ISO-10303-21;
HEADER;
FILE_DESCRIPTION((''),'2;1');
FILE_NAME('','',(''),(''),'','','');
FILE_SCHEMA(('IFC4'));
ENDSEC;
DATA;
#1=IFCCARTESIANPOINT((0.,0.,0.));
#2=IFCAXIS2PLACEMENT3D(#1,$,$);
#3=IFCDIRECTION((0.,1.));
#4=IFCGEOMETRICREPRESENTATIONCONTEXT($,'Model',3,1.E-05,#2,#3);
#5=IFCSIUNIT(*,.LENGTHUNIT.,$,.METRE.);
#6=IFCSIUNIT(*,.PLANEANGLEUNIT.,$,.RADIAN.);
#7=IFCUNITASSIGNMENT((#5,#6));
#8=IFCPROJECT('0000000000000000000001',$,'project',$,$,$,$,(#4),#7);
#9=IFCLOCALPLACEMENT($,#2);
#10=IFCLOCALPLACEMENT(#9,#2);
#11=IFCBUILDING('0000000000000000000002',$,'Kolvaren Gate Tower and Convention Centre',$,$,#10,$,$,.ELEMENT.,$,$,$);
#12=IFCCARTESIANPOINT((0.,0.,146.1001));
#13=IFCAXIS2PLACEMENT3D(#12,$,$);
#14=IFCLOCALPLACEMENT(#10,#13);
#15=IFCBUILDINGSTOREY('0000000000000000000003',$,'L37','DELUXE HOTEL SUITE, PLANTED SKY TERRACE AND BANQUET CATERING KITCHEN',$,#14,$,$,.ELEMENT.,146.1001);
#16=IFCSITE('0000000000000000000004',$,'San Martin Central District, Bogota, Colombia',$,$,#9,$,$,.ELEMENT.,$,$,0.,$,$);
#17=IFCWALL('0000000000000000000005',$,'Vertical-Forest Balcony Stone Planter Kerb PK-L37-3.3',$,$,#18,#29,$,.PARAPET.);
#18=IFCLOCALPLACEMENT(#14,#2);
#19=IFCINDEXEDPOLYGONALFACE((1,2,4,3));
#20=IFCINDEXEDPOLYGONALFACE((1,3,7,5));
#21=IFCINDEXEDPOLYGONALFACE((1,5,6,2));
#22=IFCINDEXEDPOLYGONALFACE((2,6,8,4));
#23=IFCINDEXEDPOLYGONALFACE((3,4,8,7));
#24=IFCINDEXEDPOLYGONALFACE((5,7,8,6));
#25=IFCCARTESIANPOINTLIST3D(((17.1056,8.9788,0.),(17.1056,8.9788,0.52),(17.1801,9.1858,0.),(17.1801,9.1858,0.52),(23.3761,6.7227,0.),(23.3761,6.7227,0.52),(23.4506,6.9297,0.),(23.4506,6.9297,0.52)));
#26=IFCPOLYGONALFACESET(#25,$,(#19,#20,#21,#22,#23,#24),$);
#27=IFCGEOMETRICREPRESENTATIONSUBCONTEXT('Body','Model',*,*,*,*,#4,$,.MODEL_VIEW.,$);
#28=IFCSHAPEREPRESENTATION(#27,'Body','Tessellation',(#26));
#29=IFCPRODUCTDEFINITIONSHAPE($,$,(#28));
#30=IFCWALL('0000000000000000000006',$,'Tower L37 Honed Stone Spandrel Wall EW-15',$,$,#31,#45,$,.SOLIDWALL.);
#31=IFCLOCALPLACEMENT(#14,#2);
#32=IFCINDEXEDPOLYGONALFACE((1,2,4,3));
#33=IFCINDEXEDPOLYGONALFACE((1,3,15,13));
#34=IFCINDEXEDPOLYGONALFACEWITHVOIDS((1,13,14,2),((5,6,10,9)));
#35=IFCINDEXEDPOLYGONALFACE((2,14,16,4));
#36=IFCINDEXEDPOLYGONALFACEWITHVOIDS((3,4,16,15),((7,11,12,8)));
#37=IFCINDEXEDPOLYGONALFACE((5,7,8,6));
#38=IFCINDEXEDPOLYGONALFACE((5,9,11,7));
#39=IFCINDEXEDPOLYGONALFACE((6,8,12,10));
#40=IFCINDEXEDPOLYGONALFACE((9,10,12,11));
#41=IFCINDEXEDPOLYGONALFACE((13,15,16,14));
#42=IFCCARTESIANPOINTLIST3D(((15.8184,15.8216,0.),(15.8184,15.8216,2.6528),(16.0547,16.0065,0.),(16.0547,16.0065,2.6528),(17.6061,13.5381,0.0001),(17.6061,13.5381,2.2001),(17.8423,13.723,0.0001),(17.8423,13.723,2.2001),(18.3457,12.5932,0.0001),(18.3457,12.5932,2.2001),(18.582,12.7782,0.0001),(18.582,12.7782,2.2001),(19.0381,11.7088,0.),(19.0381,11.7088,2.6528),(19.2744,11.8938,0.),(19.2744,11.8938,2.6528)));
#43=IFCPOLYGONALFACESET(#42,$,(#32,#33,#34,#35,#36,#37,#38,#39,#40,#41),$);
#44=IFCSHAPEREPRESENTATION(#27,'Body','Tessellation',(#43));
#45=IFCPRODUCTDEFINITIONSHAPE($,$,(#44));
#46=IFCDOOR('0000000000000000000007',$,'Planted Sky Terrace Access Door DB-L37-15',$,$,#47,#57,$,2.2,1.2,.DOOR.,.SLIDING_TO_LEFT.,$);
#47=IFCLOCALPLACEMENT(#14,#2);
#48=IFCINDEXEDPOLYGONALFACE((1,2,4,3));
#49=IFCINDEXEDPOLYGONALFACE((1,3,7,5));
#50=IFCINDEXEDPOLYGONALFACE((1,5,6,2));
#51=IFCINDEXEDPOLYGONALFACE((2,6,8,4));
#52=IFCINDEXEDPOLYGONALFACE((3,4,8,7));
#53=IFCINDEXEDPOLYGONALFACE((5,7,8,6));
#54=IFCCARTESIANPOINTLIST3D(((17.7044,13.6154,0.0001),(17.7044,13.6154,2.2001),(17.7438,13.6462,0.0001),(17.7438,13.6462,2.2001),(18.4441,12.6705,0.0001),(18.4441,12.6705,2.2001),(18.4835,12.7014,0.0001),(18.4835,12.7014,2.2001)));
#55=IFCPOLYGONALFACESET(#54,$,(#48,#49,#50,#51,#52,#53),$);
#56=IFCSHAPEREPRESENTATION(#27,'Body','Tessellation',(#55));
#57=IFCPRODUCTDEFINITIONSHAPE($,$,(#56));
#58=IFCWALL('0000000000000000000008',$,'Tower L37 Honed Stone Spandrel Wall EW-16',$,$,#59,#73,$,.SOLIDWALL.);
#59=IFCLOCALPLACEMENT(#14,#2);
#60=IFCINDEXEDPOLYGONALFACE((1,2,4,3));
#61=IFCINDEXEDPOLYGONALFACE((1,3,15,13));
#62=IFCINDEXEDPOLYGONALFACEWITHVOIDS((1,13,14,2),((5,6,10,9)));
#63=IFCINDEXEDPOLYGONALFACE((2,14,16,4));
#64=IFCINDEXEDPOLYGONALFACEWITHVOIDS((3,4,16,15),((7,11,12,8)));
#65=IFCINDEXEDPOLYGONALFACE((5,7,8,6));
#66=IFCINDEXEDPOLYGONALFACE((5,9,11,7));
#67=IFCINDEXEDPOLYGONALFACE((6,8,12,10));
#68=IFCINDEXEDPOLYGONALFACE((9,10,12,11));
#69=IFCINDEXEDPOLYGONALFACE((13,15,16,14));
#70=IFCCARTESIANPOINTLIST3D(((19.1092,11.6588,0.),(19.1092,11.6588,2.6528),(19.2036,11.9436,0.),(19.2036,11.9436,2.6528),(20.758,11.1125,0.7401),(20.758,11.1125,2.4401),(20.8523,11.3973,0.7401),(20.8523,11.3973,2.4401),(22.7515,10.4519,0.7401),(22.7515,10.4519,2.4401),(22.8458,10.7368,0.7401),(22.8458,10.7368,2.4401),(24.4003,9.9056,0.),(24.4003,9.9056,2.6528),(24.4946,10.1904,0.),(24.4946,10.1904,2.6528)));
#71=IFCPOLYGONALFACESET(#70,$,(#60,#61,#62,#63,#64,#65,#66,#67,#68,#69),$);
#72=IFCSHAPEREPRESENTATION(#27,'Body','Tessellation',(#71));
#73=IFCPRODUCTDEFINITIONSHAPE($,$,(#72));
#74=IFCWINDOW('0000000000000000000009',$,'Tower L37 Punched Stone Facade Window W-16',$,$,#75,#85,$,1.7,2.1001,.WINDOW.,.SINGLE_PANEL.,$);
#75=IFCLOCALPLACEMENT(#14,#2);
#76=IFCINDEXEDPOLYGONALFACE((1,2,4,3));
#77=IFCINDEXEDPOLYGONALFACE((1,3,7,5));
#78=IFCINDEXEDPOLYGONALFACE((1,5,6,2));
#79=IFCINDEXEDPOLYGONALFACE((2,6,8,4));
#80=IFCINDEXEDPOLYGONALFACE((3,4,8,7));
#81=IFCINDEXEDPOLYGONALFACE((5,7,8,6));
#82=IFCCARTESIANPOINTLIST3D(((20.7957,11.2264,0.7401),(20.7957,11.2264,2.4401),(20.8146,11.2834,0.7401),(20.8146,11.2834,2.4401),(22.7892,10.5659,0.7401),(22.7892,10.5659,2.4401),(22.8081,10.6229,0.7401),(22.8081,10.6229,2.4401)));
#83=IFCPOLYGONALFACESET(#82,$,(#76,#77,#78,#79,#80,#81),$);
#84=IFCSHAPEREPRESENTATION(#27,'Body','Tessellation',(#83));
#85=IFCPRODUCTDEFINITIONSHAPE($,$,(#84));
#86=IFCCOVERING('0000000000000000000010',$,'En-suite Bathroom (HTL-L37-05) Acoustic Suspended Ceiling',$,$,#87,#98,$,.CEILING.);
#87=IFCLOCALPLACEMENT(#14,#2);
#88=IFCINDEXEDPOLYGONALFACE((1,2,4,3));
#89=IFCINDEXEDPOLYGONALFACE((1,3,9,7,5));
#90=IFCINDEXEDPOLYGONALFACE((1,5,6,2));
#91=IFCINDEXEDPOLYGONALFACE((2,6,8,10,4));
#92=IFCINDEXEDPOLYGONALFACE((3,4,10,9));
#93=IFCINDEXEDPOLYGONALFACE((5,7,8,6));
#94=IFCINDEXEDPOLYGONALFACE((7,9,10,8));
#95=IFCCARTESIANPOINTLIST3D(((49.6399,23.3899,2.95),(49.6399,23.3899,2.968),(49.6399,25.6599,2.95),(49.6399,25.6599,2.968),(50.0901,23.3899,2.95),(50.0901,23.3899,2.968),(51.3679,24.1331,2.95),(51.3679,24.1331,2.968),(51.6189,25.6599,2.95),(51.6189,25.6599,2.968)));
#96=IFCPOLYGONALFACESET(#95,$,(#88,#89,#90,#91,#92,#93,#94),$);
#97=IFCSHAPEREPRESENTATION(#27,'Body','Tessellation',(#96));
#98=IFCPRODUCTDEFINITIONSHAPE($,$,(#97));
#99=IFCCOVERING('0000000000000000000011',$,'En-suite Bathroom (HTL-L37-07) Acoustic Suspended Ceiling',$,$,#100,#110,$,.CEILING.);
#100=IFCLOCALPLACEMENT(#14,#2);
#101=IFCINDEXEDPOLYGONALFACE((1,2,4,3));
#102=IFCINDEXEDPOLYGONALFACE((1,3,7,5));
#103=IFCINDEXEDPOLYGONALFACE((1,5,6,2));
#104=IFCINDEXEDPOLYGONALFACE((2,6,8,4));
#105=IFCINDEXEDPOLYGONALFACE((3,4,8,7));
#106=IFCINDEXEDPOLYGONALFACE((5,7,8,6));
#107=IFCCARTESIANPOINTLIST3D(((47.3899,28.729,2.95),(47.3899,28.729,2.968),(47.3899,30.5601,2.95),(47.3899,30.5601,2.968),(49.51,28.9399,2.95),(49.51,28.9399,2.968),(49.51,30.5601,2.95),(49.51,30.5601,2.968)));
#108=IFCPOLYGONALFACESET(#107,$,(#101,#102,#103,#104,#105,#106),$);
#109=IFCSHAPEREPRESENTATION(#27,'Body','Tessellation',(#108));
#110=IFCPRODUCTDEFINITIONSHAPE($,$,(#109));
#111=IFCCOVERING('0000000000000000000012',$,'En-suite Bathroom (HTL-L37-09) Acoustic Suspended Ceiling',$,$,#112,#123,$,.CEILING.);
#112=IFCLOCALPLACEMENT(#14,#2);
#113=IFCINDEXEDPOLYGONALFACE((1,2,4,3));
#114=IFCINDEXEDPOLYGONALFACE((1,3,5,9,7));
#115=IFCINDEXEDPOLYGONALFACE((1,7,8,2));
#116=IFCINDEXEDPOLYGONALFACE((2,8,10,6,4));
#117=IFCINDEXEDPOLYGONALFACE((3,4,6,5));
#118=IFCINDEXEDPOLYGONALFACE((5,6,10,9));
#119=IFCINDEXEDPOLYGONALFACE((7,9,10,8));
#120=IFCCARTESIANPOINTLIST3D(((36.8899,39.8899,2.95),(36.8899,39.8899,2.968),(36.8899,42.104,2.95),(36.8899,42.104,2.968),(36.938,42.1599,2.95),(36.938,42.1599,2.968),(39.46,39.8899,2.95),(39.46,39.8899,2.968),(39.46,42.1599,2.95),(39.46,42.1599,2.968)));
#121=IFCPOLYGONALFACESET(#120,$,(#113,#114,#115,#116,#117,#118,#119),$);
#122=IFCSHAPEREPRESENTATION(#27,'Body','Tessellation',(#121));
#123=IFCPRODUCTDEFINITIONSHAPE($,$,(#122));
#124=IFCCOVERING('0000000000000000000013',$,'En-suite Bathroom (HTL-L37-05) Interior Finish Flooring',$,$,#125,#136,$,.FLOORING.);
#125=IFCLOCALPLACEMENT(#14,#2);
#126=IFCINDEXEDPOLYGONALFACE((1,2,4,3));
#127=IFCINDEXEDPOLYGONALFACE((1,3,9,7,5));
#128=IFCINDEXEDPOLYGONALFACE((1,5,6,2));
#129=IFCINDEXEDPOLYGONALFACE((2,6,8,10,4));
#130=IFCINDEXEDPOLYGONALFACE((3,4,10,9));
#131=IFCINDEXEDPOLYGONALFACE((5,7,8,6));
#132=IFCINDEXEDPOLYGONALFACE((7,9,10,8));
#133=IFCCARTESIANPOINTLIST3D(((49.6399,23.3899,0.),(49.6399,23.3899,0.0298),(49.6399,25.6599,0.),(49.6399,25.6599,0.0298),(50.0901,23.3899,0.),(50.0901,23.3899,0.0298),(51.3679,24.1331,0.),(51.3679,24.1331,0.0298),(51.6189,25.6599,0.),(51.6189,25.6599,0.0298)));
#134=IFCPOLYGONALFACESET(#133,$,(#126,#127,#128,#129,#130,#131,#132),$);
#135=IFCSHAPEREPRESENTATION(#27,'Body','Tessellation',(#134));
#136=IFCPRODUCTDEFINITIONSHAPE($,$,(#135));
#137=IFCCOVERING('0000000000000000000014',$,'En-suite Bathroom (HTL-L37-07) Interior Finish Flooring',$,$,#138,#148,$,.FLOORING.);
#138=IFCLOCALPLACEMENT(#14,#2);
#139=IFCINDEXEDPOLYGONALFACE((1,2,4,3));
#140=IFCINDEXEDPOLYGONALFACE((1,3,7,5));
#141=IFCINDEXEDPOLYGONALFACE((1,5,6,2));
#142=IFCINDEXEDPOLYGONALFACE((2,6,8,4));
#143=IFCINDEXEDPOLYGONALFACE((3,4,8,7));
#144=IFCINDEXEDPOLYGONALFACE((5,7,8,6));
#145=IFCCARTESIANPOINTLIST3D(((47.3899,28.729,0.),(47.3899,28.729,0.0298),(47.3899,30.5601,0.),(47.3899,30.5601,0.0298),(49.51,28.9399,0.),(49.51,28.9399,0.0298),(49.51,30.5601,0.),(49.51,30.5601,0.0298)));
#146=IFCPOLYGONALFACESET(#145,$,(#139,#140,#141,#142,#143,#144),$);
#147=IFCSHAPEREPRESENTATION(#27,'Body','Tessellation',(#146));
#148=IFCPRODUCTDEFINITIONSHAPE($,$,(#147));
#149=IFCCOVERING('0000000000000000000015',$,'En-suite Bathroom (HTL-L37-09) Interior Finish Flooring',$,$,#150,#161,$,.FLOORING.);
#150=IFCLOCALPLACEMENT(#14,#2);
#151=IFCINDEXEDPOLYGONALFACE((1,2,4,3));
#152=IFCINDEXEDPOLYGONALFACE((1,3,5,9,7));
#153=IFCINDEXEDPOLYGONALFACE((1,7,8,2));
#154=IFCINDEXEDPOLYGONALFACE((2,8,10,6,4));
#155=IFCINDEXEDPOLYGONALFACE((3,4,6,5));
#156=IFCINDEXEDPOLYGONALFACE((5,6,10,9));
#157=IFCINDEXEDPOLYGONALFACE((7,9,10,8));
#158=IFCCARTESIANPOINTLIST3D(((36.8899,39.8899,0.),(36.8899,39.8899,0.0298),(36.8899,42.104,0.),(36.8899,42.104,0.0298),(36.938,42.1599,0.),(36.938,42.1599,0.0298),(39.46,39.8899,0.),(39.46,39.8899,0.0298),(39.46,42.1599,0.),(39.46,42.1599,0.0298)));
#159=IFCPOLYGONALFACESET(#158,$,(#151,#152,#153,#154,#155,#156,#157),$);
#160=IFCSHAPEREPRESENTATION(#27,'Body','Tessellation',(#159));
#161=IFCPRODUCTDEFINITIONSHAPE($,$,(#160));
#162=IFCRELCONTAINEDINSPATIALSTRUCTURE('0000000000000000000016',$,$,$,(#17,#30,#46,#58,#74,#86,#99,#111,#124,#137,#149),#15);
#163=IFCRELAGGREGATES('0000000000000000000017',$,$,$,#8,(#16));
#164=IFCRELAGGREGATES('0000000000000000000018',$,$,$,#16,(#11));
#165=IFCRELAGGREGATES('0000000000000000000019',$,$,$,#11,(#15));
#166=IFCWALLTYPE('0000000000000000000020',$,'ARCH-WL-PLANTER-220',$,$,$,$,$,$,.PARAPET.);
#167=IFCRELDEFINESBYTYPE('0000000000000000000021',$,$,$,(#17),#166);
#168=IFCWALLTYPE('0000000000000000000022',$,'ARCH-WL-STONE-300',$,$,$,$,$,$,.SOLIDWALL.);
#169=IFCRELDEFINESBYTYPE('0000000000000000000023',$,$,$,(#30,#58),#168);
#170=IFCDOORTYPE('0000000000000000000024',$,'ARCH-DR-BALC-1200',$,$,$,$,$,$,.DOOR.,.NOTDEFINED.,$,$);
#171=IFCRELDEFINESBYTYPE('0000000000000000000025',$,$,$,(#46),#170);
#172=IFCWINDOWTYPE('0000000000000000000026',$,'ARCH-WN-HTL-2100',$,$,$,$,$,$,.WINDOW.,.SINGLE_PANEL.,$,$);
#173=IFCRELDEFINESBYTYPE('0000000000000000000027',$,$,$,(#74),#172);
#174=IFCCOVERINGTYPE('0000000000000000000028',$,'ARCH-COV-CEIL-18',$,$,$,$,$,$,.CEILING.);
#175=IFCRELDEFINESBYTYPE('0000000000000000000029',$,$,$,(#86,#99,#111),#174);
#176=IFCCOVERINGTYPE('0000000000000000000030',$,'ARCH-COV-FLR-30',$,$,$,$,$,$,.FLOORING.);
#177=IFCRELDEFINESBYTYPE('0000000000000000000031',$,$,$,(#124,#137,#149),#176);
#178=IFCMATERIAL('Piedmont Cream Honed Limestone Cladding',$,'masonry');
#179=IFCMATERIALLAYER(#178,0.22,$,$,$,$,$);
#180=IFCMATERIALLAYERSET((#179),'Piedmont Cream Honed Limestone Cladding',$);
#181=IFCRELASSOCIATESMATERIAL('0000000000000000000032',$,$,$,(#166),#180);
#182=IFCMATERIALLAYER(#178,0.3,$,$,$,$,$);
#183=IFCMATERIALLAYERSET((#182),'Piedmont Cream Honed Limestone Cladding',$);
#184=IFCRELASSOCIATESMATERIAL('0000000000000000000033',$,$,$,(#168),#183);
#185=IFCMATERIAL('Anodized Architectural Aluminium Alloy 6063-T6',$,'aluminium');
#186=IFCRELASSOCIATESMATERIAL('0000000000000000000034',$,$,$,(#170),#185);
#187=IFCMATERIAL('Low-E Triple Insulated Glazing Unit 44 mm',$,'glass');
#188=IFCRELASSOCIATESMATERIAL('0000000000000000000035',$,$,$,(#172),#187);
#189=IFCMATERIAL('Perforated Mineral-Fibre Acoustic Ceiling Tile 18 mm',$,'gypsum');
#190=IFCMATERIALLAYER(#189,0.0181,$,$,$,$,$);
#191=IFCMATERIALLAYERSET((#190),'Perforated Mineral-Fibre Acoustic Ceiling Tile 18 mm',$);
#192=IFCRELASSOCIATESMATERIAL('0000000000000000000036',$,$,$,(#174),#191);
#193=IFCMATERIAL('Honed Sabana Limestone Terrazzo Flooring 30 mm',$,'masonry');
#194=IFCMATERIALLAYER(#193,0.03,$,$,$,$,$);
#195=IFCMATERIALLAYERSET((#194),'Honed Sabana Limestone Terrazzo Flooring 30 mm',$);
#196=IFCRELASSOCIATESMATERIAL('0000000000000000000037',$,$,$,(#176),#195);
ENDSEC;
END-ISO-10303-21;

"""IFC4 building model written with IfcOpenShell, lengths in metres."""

from ifc_helpers import new_model, si_unit, direction, frame, frame_2d, origin, place, context, subcontext, project, spatial, polyline, rectangle, outline, extrude, material, layer, layer_set, type_object, element, fill, save


model = new_model("IFC4")

# Units and contexts
model_context = context("Model", 3, precision=1e-05, world=origin(), true_north=direction((0.0, 1.0)))
body_context = subcontext(model_context, "Body", "Model", "MODEL_VIEW")
ifc_project = project(units=[si_unit("LENGTHUNIT", "METRE"), si_unit("PLANEANGLEUNIT", "RADIAN")], contexts=[model_context])

# Site, building, storey
site_placement = place(None, origin())
site = spatial("IfcSite", under=ifc_project, at=site_placement, Name="San Martin Central District, Bogota, Colombia", CompositionType="ELEMENT", RefElevation=0.0)
building_placement = place(site_placement, origin())
building = spatial("IfcBuilding", under=site, at=building_placement, Name="Kolvaren Gate Tower and Convention Centre", CompositionType="ELEMENT")
storey_placement = place(building_placement, frame((0.0, 0.0, 146.1001)))
storey = spatial("IfcBuildingStorey", under=building, at=storey_placement, Name="L37", Description="DELUXE HOTEL SUITE, PLANTED SKY TERRACE AND BANQUET CATERING KITCHEN", CompositionType="ELEMENT", Elevation=146.1001)

# Wall
ifc_material_1 = material(Name="Piedmont Cream Honed Limestone Cladding", Category="masonry")
ifc_layer_1 = layer(ifc_material_1, 0.22)
ifc_layer_set_1 = layer_set([ifc_layer_1], Name="Piedmont Cream Honed Limestone Cladding")
wall_type_1 = type_object("IfcWallType", Name="ARCH-WL-PLANTER-220", PredefinedType="PARAPET", material=ifc_layer_set_1)
wall_1_placement = place(storey_placement, frame((17.1428, 9.0823, 0.0), z_axis=(0.0, 0.0, 1.0), x_axis=(0.940949, -0.33855, 0.0)))
element("IfcWall", 1, at=wall_1_placement, inside=storey, type_object=wall_type_1, Name="Vertical-Forest Balcony Stone Planter Kerb PK-L37-3.3", PredefinedType="PARAPET", context=body_context, shape_type="SweptSolid", body=[
    extrude(rectangle(XDim=6.6641, YDim=0.22, at=frame_2d((3.332, 0.0))), origin(), (0.0, 0.0, 1.0), 0.52),
])

# Wall, opening, door
ifc_layer_2 = layer(ifc_material_1, 0.3)
ifc_layer_set_2 = layer_set([ifc_layer_2], Name="Piedmont Cream Honed Limestone Cladding")
wall_type_2 = type_object("IfcWallType", Name="ARCH-WL-STONE-300", PredefinedType="SOLIDWALL", material=ifc_layer_set_2)
wall_2_placement = place(storey_placement, frame((15.9365, 15.9141, 0.0), z_axis=(0.0, 0.0, 1.0), x_axis=(0.616429, -0.78741, 0.0)))
wall_2 = element("IfcWall", 2, at=wall_2_placement, inside=storey, type_object=wall_type_2, Name="Tower L37 Honed Stone Spandrel Wall EW-15", PredefinedType="SOLIDWALL", context=body_context, shape_type="SweptSolid", body=[
    extrude(rectangle(XDim=5.2231, YDim=0.3, at=frame_2d((2.6116, 0.0))), origin(), (0.0, 0.0, 1.0), 2.6528),
])
opening_1_placement = place(wall_2_placement, frame((2.8999, 0.0, 0.0)))
opening_1 = element("IfcOpeningElement", 3, at=opening_1_placement, cuts=wall_2, PredefinedType="OPENING", context=body_context, shape_type="SweptSolid", body=[
    extrude(rectangle(XDim=1.2, YDim=2.2, at=frame_2d((0.6001, 1.1001))), frame((0.0, 0.1599, 0.0), z_axis=(0.0, -1.0, 0.0), x_axis=(1.0, 0.0, 0.0)), (0.0, 0.0, 1.0), 0.3201),
])
ifc_material_2 = material(Name="Anodized Architectural Aluminium Alloy 6063-T6", Category="aluminium")
door_type = type_object("IfcDoorType", Name="ARCH-DR-BALC-1200", OperationType="NOTDEFINED", PredefinedType="DOOR", material=ifc_material_2)
door_placement = place(opening_1_placement, frame((1.2, 0.0, 0.0), z_axis=(0.0, 0.0, 1.0), x_axis=(-1.0, 0.0, 0.0)))
door = element("IfcDoor", 4, at=door_placement, inside=storey, type_object=door_type, Name="Planted Sky Terrace Access Door DB-L37-15", OperationType="SLIDING_TO_LEFT", OverallHeight=2.2, OverallWidth=1.2, PredefinedType="DOOR", context=body_context, shape_type="SweptSolid", body=[
    extrude(rectangle(XDim=1.2, YDim=2.2, at=frame_2d((0.6001, 1.1001))), frame((0.0, 0.0249, 0.0), z_axis=(0.0, -1.0, 0.0), x_axis=(1.0, 0.0, 0.0)), (0.0, 0.0, 1.0), 0.05),
])
fill(opening_1, door)

# Wall, opening, window
wall_3_placement = place(storey_placement, frame((19.1562, 11.8013, 0.0), z_axis=(0.0, 0.0, 1.0), x_axis=(0.949247, -0.314532, 0.0)))
wall_3 = element("IfcWall", 5, at=wall_3_placement, inside=storey, type_object=wall_type_2, Name="Tower L37 Honed Stone Spandrel Wall EW-16", PredefinedType="SOLIDWALL", context=body_context, shape_type="SweptSolid", body=[
    extrude(rectangle(XDim=5.574, YDim=0.3, at=frame_2d((2.7871, 0.0))), origin(), (0.0, 0.0, 1.0), 2.6528),
])
opening_2_placement = place(wall_3_placement, frame((1.7371, 0.0, 0.74)))
opening_2 = element("IfcOpeningElement", 6, at=opening_2_placement, cuts=wall_3, PredefinedType="OPENING", context=body_context, shape_type="SweptSolid", body=[
    extrude(rectangle(XDim=2.1001, YDim=1.7, at=frame_2d((1.05, 0.8501))), frame((0.0, 0.1599, 0.0), z_axis=(0.0, -1.0, 0.0), x_axis=(1.0, 0.0, 0.0)), (0.0, 0.0, 1.0), 0.3201),
])
ifc_material_3 = material(Name="Low-E Triple Insulated Glazing Unit 44 mm", Category="glass")
window_type = type_object("IfcWindowType", Name="ARCH-WN-HTL-2100", PartitioningType="SINGLE_PANEL", PredefinedType="WINDOW", material=ifc_material_3)
window_placement = place(opening_2_placement, origin())
window = element("IfcWindow", 7, at=window_placement, inside=storey, type_object=window_type, Name="Tower L37 Punched Stone Facade Window W-16", OverallHeight=1.7, OverallWidth=2.1001, PartitioningType="SINGLE_PANEL", PredefinedType="WINDOW", context=body_context, shape_type="SweptSolid", body=[
    extrude(rectangle(XDim=2.1001, YDim=1.7, at=frame_2d((1.05, 0.8501))), frame((0.0, 0.03, 0.0), z_axis=(0.0, -1.0, 0.0), x_axis=(1.0, 0.0, 0.0)), (0.0, 0.0, 1.0), 0.0601),
])
fill(opening_2, window)

# Coverings
ifc_material_4 = material(Name="Perforated Mineral-Fibre Acoustic Ceiling Tile 18 mm", Category="gypsum")
ifc_layer_3 = layer(ifc_material_4, 0.0181)
ifc_layer_set_3 = layer_set([ifc_layer_3], Name="Perforated Mineral-Fibre Acoustic Ceiling Tile 18 mm")
covering_type_1 = type_object("IfcCoveringType", Name="ARCH-COV-CEIL-18", PredefinedType="CEILING", material=ifc_layer_set_3)
covering_1_placement = place(storey_placement, frame((0.0, 0.0, 2.95)))
element("IfcCovering", 8, at=covering_1_placement, inside=storey, type_object=covering_type_1, Name="En-suite Bathroom (HTL-L37-05) Acoustic Suspended Ceiling", PredefinedType="CEILING", context=body_context, shape_type="SweptSolid", body=[
    extrude(outline(polyline([(49.6399, 23.3899), (49.6399, 25.6599), (51.6189, 25.6599), (51.3679, 24.1331), (50.0901, 23.3899), (49.6399, 23.3899)])), origin(), (0.0, 0.0, 1.0), 0.0181),
])
covering_2_placement = place(storey_placement, frame((0.0, 0.0, 2.95)))
element("IfcCovering", 9, at=covering_2_placement, inside=storey, type_object=covering_type_1, Name="En-suite Bathroom (HTL-L37-07) Acoustic Suspended Ceiling", PredefinedType="CEILING", context=body_context, shape_type="SweptSolid", body=[
    extrude(outline(polyline([(47.3899, 30.5601), (49.51, 30.5601), (49.51, 28.9399), (47.3899, 28.729), (47.3899, 30.5601)])), origin(), (0.0, 0.0, 1.0), 0.0181),
])
covering_3_placement = place(storey_placement, frame((0.0, 0.0, 2.95)))
element("IfcCovering", 10, at=covering_3_placement, inside=storey, type_object=covering_type_1, Name="En-suite Bathroom (HTL-L37-09) Acoustic Suspended Ceiling", PredefinedType="CEILING", context=body_context, shape_type="SweptSolid", body=[
    extrude(outline(polyline([(39.46, 42.1599), (39.46, 39.8899), (36.8899, 39.8899), (36.8899, 42.104), (36.938, 42.1599), (39.46, 42.1599)])), origin(), (0.0, 0.0, 1.0), 0.0181),
])
ifc_material_5 = material(Name="Honed Sabana Limestone Terrazzo Flooring 30 mm", Category="masonry")
ifc_layer_4 = layer(ifc_material_5, 0.03)
ifc_layer_set_4 = layer_set([ifc_layer_4], Name="Honed Sabana Limestone Terrazzo Flooring 30 mm")
covering_type_2 = type_object("IfcCoveringType", Name="ARCH-COV-FLR-30", PredefinedType="FLOORING", material=ifc_layer_set_4)
covering_4_placement = place(storey_placement, origin())
element("IfcCovering", 11, at=covering_4_placement, inside=storey, type_object=covering_type_2, Name="En-suite Bathroom (HTL-L37-05) Interior Finish Flooring", PredefinedType="FLOORING", context=body_context, shape_type="SweptSolid", body=[
    extrude(outline(polyline([(49.6399, 23.3899), (49.6399, 25.6599), (51.6189, 25.6599), (51.3679, 24.1331), (50.0901, 23.3899), (49.6399, 23.3899)])), origin(), (0.0, 0.0, 1.0), 0.0298),
])
covering_5_placement = place(storey_placement, origin())
element("IfcCovering", 12, at=covering_5_placement, inside=storey, type_object=covering_type_2, Name="En-suite Bathroom (HTL-L37-07) Interior Finish Flooring", PredefinedType="FLOORING", context=body_context, shape_type="SweptSolid", body=[
    extrude(outline(polyline([(47.3899, 30.5601), (49.51, 30.5601), (49.51, 28.9399), (47.3899, 28.729), (47.3899, 30.5601)])), origin(), (0.0, 0.0, 1.0), 0.0298),
])
covering_6_placement = place(storey_placement, origin())
element("IfcCovering", 13, at=covering_6_placement, inside=storey, type_object=covering_type_2, Name="En-suite Bathroom (HTL-L37-09) Interior Finish Flooring", PredefinedType="FLOORING", context=body_context, shape_type="SweptSolid", body=[
    extrude(outline(polyline([(39.46, 42.1599), (39.46, 39.8899), (36.8899, 39.8899), (36.8899, 42.104), (36.938, 42.1599), (39.46, 42.1599)])), origin(), (0.0, 0.0, 1.0), 0.0298),
])

save(model, "model.ifc")
